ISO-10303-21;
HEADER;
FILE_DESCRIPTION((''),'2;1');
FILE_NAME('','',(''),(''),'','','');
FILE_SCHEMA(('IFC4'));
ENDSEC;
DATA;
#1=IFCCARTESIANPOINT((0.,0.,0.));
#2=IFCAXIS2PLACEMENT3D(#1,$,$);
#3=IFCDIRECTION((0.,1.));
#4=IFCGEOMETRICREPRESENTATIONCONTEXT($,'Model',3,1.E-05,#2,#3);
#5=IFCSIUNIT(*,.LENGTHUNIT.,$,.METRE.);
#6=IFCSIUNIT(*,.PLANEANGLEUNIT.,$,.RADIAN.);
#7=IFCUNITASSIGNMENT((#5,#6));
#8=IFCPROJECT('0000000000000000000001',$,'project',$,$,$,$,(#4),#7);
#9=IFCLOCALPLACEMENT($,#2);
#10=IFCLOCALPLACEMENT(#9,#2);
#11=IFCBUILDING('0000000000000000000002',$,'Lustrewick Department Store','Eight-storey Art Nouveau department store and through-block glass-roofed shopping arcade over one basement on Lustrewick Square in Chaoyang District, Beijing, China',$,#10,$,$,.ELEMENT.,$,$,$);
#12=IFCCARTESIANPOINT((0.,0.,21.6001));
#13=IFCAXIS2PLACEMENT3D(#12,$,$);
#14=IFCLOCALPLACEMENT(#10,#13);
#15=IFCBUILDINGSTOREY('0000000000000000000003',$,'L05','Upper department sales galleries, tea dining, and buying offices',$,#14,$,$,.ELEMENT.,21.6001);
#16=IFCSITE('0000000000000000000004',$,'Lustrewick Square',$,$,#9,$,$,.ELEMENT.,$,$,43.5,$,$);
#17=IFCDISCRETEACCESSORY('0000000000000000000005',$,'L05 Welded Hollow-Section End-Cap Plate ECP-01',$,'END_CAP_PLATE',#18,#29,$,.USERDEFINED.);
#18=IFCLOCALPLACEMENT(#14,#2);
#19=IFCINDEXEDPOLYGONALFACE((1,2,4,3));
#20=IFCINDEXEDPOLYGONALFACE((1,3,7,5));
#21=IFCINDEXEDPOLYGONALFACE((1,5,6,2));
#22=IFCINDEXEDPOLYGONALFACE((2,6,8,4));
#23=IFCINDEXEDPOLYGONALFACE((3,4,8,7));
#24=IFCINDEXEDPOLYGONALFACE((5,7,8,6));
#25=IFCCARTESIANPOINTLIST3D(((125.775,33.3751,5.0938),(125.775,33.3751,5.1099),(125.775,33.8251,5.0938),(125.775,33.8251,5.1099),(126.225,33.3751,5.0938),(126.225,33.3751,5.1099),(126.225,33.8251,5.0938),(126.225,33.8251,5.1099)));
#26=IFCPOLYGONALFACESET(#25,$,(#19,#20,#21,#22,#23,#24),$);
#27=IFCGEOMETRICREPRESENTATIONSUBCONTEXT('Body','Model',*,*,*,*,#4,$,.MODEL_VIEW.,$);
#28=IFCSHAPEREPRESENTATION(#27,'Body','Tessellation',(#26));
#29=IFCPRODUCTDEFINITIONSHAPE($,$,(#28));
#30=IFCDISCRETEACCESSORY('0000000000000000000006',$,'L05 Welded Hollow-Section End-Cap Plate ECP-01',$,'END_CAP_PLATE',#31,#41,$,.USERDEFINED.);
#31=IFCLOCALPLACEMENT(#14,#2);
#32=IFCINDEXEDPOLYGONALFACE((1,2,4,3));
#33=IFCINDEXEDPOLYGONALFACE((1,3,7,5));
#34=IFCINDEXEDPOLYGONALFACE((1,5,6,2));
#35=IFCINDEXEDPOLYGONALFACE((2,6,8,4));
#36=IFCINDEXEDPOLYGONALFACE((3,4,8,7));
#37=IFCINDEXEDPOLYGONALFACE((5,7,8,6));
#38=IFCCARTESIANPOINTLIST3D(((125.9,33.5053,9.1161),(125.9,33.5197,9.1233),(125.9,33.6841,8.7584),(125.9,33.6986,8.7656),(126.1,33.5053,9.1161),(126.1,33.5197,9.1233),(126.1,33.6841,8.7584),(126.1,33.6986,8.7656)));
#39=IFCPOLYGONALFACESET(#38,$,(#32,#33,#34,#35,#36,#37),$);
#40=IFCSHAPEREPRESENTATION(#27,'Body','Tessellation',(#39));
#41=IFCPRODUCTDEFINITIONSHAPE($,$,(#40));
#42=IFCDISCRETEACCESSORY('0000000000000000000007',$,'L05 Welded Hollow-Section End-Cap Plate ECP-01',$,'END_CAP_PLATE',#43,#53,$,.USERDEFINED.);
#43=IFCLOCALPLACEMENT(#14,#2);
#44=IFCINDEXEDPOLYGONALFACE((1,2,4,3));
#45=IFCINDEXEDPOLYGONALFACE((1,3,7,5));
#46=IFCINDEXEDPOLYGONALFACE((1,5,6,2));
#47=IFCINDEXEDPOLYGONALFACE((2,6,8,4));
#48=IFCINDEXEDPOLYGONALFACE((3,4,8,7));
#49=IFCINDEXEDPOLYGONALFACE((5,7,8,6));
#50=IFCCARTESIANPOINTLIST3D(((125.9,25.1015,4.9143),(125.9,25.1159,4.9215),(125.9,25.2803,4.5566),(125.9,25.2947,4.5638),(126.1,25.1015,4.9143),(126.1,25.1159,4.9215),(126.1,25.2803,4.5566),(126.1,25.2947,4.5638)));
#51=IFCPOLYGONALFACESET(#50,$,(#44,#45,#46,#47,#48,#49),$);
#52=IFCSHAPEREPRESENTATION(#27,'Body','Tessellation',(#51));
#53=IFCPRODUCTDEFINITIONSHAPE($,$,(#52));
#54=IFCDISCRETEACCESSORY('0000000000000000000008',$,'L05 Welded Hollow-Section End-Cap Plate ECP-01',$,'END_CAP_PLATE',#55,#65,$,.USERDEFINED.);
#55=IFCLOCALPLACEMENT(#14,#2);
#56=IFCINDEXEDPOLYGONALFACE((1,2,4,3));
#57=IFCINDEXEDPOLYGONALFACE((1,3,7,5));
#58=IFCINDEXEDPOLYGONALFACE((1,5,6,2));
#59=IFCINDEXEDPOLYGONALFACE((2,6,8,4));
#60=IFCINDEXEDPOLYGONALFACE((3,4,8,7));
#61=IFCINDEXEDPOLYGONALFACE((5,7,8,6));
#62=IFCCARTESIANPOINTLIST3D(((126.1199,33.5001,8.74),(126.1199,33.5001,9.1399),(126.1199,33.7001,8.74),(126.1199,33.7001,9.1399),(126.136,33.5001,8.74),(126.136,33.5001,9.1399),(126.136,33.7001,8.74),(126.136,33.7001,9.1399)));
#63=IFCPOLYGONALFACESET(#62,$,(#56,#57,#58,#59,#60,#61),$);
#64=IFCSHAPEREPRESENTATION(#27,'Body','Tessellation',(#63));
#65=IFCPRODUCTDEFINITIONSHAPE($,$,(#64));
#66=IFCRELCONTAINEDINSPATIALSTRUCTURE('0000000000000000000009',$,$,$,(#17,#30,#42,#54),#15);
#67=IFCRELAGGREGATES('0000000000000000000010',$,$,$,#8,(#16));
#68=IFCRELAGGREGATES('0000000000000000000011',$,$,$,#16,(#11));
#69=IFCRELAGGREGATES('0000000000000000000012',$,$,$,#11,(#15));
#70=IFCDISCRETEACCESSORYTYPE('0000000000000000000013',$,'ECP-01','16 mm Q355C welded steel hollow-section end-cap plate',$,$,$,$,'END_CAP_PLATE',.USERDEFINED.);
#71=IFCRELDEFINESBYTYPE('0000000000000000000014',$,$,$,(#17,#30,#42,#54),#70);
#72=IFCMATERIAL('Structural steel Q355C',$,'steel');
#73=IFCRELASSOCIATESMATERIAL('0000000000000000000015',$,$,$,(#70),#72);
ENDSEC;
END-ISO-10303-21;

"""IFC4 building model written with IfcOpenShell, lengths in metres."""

from ifc_helpers import new_model, si_unit, direction, frame, origin, origin_2d, place, context, subcontext, project, spatial, rectangle, extrude, material, type_object, element, save


model = new_model("IFC4")

# Units and contexts
model_context = context("Model", 3, precision=1e-05, world=origin(), true_north=direction((0.0, 1.0)))
body_context = subcontext(model_context, "Body", "Model", "MODEL_VIEW")
ifc_project = project(units=[si_unit("LENGTHUNIT", "METRE"), si_unit("PLANEANGLEUNIT", "RADIAN")], contexts=[model_context])

# Site, building, storey
site_placement = place(None, origin())
site = spatial("IfcSite", under=ifc_project, at=site_placement, Name="Lustrewick Square", CompositionType="ELEMENT", RefElevation=43.5)
building_placement = place(site_placement, origin())
building = spatial("IfcBuilding", under=site, at=building_placement, Name="Lustrewick Department Store", Description="Eight-storey Art Nouveau department store and through-block glass-roofed shopping arcade over one basement on Lustrewick Square in Chaoyang District, Beijing, China", CompositionType="ELEMENT")
storey_placement = place(building_placement, frame((0.0, 0.0, 21.6001)))
storey = spatial("IfcBuildingStorey", under=building, at=storey_placement, Name="L05", Description="Upper department sales galleries, tea dining, and buying offices", CompositionType="ELEMENT", Elevation=21.6001)

# Shared definitions
ifc_material_1 = material(Name="Structural steel Q355C", Category="steel")

# Discrete accessories
discrete_accessory_type = type_object("IfcDiscreteAccessoryType", Name="ECP-01", Description="16 mm Q355C welded steel hollow-section end-cap plate", ElementType="END_CAP_PLATE", PredefinedType="USERDEFINED", material=ifc_material_1)
discrete_accessory_placement = place(storey_placement, frame((126.0, 33.6001, 5.0938), z_axis=(0.0, 0.0, 1.0), x_axis=(1.0, 0.0, 0.0)))
element("IfcDiscreteAccessory", 1, at=discrete_accessory_placement, inside=storey, type_object=discrete_accessory_type, Name="L05 Welded Hollow-Section End-Cap Plate ECP-01", ObjectType="END_CAP_PLATE", PredefinedType="USERDEFINED", context=body_context, shape_type="SweptSolid", body=[
    extrude(rectangle(XDim=0.45, YDim=0.45, at=origin_2d()), origin(), (0.0, 0.0, 1.0), 0.0161),
])
for number, where, z_axis, x_axis, name in (
    (2, (126.0, 33.5947, 8.9373), (0.0, 0.894432, 0.447203), (-1.0, 0.0, 0.0), "L05 Welded Hollow-Section End-Cap Plate ECP-01"),
    (3, (126.0, 25.2053, 4.7427), (0.0, -0.894432, -0.447203), (-1.0, 0.0, 0.0), "L05 Welded Hollow-Section End-Cap Plate ECP-01"),
    (4, (126.136, 33.6001, 8.9399), (-1.0, 0.0, 0.0), (0.0, 1.0, 0.0), "L05 Welded Hollow-Section End-Cap Plate ECP-01"),
):
    element("IfcDiscreteAccessory", number, at=place(storey_placement, frame(where, z_axis=z_axis, x_axis=x_axis)), inside=storey, type_object=discrete_accessory_type, Name=name, ObjectType="END_CAP_PLATE", PredefinedType="USERDEFINED", context=body_context, shape_type="SweptSolid", body=[
        extrude(rectangle(XDim=0.2, YDim=0.3999, at=origin_2d()), origin(), (0.0, 0.0, 1.0), 0.0161),
    ])

save(model, "model.ifc")
